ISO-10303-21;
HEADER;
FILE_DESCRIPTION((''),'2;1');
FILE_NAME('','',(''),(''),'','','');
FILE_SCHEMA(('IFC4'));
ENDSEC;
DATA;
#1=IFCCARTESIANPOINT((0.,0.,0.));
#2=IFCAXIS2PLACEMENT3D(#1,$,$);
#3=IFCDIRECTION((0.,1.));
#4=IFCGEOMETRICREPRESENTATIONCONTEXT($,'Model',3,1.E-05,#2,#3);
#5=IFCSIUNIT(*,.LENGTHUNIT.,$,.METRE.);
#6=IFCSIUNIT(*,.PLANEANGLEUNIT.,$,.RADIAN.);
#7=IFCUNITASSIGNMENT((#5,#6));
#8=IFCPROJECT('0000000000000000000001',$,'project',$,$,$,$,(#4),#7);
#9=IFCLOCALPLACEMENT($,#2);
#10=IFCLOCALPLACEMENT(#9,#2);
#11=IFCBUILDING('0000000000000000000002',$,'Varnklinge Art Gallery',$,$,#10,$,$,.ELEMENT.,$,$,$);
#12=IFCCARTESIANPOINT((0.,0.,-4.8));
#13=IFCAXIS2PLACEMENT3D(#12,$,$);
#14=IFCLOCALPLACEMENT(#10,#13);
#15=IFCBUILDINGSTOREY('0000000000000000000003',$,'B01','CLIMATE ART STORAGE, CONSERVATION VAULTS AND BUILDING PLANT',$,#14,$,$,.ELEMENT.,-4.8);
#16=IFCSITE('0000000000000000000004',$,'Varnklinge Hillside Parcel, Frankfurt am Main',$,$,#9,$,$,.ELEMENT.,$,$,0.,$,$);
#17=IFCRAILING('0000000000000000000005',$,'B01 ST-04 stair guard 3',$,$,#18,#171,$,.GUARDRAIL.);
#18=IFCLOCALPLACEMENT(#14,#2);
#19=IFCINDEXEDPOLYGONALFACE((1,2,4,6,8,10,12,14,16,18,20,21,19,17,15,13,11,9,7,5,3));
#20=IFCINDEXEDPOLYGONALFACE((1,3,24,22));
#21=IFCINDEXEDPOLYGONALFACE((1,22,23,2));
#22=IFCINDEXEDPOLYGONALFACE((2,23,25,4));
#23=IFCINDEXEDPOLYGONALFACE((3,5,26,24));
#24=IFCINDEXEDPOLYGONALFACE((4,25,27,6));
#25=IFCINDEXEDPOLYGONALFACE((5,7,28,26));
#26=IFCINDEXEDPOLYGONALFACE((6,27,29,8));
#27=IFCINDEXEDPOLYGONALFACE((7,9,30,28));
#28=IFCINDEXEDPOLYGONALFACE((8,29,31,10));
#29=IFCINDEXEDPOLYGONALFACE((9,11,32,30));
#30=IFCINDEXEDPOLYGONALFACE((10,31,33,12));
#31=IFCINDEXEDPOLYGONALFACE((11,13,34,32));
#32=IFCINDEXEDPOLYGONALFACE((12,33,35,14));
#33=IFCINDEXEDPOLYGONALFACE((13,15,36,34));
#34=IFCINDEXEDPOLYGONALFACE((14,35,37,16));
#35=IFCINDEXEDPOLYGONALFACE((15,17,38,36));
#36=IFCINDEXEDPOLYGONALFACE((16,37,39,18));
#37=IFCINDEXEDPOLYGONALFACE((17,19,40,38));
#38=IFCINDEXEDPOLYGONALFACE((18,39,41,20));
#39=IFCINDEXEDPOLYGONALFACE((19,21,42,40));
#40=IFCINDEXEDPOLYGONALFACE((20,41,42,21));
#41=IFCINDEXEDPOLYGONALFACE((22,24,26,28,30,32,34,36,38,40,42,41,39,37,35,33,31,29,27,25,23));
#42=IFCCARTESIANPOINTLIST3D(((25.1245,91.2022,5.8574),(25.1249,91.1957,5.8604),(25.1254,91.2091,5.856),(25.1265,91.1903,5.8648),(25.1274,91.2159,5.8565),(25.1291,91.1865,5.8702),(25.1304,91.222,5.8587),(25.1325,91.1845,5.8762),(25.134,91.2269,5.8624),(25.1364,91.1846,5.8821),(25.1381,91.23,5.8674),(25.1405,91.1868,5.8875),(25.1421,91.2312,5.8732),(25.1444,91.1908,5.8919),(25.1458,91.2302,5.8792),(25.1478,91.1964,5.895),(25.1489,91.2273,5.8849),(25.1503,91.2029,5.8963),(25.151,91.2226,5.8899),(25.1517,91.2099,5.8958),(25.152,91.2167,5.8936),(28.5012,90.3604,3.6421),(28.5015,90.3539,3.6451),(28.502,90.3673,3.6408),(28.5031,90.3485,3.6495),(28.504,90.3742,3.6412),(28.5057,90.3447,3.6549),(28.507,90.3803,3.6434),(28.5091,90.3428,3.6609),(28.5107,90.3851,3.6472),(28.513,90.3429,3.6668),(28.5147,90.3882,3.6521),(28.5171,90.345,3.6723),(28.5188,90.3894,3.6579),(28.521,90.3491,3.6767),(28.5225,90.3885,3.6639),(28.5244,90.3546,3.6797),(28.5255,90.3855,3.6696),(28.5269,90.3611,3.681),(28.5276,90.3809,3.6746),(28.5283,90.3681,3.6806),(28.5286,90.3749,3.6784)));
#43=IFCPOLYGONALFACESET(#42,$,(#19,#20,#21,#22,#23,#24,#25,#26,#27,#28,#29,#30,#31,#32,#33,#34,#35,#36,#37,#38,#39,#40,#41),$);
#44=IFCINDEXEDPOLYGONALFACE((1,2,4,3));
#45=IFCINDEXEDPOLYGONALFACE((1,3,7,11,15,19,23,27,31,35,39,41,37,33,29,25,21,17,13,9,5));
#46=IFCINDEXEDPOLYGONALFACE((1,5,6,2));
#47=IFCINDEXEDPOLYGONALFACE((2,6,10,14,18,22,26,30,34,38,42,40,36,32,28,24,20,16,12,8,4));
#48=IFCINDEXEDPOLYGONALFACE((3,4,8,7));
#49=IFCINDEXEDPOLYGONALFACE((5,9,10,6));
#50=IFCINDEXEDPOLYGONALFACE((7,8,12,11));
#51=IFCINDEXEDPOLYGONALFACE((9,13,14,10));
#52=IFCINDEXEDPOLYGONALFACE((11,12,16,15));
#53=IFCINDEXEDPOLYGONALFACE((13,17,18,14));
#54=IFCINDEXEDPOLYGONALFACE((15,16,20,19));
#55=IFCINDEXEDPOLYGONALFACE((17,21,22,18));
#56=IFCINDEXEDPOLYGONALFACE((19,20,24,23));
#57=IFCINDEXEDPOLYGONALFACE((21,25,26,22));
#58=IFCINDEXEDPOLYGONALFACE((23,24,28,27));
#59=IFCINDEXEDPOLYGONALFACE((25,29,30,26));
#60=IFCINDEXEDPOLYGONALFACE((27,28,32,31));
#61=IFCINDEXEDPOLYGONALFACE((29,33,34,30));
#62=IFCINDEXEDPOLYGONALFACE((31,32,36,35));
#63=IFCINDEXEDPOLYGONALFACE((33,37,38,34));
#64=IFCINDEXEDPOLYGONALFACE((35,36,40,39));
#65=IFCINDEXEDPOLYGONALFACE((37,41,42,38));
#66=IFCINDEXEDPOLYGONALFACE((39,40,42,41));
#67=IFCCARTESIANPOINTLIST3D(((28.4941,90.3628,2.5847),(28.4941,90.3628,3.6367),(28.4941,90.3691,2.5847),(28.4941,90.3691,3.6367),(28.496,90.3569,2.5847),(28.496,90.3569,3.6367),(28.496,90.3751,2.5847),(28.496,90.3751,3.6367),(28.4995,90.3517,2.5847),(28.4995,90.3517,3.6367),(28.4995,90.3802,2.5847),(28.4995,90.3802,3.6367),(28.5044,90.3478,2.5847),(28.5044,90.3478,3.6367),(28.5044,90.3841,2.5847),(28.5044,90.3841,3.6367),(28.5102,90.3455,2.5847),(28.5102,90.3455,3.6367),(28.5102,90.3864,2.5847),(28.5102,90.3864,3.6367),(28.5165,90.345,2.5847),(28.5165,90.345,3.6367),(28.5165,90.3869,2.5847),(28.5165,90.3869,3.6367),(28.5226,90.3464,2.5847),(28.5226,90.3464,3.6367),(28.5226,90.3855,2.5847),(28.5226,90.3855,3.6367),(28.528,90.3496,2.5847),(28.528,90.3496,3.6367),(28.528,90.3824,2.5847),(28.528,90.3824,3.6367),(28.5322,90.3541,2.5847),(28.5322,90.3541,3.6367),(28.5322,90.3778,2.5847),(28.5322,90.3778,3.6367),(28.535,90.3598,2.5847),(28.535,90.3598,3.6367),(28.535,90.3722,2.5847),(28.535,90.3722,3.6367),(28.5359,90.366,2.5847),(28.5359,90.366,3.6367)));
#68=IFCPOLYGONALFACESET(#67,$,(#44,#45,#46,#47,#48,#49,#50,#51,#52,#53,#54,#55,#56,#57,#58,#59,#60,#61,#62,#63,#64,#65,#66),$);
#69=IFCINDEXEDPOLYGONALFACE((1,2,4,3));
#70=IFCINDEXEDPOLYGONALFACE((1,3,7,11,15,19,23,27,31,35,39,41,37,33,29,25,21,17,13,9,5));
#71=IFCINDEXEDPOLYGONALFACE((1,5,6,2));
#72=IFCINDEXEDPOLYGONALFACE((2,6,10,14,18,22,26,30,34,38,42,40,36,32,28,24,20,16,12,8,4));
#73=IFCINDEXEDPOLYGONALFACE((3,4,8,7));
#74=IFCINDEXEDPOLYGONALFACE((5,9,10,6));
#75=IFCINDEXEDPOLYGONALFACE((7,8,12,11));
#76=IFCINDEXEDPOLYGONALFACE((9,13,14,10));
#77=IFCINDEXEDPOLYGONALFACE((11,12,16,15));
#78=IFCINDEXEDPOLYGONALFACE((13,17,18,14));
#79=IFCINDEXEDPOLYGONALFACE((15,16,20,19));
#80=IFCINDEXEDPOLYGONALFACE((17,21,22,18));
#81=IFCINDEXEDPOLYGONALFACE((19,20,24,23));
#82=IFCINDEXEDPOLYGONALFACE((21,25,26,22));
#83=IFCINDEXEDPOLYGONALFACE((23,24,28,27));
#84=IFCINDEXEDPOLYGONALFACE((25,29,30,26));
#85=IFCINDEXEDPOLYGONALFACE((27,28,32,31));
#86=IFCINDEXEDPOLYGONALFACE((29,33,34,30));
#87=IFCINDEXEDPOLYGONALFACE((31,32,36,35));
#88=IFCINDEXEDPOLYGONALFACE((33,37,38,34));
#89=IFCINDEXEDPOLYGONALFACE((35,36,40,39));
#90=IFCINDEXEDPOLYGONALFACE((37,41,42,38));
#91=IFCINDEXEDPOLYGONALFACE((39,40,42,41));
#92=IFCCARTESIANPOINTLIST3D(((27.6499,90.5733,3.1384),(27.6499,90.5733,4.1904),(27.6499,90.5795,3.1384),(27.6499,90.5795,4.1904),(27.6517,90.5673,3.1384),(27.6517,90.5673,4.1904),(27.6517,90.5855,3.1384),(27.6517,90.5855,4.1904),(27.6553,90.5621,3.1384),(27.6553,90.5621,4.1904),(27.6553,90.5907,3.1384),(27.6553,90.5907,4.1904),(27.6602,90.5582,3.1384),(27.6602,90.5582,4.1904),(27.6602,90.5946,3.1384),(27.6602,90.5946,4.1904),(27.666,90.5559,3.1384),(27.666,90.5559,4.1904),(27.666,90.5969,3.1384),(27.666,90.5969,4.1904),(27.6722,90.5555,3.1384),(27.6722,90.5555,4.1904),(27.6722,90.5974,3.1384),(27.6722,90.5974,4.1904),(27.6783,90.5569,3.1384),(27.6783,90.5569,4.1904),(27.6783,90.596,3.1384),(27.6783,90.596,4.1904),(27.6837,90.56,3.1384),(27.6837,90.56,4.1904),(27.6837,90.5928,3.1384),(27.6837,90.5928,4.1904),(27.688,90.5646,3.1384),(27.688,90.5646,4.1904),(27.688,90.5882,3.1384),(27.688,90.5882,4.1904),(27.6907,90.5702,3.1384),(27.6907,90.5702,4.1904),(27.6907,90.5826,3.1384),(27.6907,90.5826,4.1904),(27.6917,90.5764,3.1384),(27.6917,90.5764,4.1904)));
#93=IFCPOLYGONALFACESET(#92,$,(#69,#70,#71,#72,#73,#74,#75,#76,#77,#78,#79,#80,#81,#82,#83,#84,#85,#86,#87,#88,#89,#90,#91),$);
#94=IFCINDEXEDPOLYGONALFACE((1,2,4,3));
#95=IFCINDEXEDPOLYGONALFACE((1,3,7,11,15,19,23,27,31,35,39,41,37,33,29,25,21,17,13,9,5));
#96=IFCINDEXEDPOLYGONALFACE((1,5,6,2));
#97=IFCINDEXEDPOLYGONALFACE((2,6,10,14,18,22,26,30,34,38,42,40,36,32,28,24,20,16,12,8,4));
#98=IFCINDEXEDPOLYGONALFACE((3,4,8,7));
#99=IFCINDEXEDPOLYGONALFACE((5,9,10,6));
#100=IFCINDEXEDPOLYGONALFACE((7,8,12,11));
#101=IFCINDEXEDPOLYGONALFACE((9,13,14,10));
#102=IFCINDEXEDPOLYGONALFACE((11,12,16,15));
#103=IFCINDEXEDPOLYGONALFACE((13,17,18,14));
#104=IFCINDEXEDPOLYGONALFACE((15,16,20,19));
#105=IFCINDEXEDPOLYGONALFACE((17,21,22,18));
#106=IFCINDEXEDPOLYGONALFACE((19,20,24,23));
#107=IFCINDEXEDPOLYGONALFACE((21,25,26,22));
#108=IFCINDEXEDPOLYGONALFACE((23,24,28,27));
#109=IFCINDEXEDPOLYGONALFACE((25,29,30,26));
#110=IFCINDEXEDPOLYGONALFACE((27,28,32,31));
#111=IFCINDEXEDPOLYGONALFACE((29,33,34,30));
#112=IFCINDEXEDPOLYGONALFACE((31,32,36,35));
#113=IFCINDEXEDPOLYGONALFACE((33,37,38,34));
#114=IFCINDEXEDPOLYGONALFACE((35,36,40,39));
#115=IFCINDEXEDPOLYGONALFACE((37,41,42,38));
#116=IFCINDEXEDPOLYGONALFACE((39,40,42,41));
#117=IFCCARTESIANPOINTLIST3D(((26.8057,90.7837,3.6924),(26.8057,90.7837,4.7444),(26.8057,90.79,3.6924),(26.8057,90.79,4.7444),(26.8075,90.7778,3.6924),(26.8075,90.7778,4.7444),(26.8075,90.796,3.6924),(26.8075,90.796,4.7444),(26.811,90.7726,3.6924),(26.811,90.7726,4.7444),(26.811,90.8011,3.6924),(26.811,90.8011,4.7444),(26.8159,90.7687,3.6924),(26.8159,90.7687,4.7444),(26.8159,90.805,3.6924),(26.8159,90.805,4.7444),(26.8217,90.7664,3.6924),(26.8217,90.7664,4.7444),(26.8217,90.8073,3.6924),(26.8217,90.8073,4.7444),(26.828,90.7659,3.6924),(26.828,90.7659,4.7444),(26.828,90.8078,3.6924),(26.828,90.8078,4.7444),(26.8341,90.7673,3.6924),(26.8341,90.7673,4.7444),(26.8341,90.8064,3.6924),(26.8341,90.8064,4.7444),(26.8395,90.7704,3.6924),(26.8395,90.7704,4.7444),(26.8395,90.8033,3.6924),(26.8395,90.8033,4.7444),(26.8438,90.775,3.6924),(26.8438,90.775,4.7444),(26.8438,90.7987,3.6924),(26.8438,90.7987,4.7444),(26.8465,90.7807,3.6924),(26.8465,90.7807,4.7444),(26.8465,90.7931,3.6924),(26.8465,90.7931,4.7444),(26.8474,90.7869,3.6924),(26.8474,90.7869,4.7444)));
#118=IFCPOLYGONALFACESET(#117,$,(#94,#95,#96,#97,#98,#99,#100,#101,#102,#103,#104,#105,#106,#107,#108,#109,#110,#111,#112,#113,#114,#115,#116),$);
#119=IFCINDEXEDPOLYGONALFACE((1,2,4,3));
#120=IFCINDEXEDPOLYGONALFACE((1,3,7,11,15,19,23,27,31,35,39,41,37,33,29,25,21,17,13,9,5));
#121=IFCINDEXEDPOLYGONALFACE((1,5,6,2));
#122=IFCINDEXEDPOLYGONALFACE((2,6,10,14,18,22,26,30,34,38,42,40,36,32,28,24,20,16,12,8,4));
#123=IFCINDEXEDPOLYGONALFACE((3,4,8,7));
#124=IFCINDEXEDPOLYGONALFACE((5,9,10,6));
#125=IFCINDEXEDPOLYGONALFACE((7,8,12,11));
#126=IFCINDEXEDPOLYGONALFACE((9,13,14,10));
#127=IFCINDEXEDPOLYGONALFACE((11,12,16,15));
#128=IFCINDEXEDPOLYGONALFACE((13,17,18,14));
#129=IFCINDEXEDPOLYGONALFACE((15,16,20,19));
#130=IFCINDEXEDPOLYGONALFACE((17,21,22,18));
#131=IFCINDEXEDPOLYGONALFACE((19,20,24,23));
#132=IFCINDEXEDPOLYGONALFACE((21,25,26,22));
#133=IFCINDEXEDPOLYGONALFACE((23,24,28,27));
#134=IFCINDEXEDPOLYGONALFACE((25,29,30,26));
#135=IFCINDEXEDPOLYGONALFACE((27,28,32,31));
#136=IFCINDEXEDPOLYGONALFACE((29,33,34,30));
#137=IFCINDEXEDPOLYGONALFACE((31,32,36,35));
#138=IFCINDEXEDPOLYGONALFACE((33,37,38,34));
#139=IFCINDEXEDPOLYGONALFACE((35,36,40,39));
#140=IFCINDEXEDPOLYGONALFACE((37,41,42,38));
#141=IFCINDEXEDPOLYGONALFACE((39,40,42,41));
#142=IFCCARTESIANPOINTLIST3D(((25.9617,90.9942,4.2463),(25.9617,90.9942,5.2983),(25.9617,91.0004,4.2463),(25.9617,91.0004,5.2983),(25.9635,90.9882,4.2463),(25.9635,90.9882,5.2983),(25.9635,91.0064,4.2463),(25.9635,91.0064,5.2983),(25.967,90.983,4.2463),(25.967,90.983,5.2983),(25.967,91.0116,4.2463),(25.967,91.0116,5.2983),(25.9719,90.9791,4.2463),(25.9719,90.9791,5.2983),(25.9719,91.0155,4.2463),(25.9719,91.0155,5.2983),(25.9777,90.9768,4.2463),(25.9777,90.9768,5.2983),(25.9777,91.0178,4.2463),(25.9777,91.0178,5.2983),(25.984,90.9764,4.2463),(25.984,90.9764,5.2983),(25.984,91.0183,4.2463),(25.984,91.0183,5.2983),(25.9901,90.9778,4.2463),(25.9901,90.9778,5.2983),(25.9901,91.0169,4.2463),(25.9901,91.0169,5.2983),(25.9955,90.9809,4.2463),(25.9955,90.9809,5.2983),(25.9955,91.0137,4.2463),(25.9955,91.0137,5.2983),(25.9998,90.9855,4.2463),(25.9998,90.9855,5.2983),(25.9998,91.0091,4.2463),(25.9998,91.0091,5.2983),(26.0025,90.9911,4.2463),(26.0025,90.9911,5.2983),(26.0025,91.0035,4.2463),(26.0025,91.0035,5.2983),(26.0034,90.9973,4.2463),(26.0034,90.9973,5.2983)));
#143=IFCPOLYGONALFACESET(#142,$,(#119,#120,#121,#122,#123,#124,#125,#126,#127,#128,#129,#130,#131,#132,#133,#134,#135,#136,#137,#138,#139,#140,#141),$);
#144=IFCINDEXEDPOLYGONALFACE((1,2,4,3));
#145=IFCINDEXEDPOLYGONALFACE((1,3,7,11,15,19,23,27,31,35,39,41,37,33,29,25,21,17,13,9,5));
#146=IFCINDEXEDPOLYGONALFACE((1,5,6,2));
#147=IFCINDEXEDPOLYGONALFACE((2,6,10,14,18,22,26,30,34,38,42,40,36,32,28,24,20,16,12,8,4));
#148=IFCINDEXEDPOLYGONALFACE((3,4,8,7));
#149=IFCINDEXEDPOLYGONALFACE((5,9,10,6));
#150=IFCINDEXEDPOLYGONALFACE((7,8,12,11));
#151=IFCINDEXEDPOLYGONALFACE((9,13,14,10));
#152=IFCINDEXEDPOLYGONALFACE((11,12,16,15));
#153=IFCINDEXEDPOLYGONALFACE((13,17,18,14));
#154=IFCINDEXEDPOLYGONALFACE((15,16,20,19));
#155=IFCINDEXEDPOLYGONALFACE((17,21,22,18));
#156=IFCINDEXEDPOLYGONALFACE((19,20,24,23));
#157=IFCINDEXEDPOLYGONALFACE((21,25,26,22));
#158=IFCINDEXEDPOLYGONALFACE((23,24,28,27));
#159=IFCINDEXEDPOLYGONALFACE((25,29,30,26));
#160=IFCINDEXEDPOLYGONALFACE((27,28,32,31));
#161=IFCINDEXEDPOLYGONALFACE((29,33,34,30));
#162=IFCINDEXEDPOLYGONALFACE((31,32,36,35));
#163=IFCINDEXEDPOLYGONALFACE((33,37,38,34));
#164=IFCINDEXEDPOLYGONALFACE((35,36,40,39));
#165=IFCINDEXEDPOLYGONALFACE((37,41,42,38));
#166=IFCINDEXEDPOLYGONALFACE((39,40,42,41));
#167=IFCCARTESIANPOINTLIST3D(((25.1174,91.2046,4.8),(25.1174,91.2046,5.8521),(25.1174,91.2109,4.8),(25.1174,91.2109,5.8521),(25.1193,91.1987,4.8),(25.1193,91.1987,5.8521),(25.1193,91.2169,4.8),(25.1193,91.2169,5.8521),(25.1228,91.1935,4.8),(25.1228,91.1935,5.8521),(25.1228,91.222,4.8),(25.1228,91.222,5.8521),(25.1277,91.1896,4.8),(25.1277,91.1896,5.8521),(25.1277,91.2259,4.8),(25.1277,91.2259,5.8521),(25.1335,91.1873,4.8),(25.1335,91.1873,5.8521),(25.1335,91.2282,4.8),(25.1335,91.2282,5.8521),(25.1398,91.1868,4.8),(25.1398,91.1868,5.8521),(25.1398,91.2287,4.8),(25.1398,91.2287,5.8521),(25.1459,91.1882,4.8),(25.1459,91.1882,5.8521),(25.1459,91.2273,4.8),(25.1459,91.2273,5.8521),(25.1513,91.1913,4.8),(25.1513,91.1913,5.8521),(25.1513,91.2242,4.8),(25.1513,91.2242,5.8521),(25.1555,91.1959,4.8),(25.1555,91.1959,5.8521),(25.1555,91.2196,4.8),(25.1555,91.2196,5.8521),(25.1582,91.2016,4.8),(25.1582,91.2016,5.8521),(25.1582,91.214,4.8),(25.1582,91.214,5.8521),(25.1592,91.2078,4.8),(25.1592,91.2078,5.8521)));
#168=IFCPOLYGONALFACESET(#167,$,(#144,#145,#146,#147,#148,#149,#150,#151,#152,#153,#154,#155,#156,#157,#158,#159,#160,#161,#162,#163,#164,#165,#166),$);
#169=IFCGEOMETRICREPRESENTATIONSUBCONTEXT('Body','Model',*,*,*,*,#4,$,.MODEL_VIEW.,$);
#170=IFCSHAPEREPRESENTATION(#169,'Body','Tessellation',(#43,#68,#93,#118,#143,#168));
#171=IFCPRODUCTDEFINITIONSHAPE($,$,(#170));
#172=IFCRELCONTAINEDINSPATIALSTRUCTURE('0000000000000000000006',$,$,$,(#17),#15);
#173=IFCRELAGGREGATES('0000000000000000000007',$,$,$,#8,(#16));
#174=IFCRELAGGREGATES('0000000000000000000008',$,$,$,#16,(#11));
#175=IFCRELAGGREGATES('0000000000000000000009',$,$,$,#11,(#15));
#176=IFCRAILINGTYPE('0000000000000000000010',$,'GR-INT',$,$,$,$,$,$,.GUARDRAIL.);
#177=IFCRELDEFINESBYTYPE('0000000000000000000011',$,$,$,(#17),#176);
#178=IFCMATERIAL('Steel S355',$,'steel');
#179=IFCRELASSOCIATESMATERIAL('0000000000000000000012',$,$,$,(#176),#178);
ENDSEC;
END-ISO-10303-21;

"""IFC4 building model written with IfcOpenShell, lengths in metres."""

from ifc_helpers import new_model, si_unit, direction, frame, origin, origin_2d, place, context, subcontext, project, spatial, circle, extrude, material, type_object, element, save


model = new_model("IFC4")

# Units and contexts
model_context = context("Model", 3, precision=1e-05, world=origin(), true_north=direction((0.0, 1.0)))
body_context = subcontext(model_context, "Body", "Model", "MODEL_VIEW")
ifc_project = project(units=[si_unit("LENGTHUNIT", "METRE"), si_unit("PLANEANGLEUNIT", "RADIAN")], contexts=[model_context])

# Site, building, storey
site_placement = place(None, origin())
site = spatial("IfcSite", under=ifc_project, at=site_placement, Name="Varnklinge Hillside Parcel, Frankfurt am Main", CompositionType="ELEMENT", RefElevation=0.0)
building_placement = place(site_placement, origin())
building = spatial("IfcBuilding", under=site, at=building_placement, Name="Varnklinge Art Gallery", CompositionType="ELEMENT")
storey_placement = place(building_placement, frame((0.0, 0.0, -4.8)))
storey = spatial("IfcBuildingStorey", under=building, at=storey_placement, Name="B01", Description="CLIMATE ART STORAGE, CONSERVATION VAULTS AND BUILDING PLANT", CompositionType="ELEMENT", Elevation=-4.8)

# Railing
ifc_material_1 = material(Name="Steel S355", Category="steel")
railing_type_1 = type_object("IfcRailingType", Name="GR-INT", PredefinedType="GUARDRAIL", material=ifc_material_1)
railing_1_placement = place(storey_placement, frame((28.5149, 90.366, 2.5847)))
element("IfcRailing", 1, at=railing_1_placement, inside=storey, type_object=railing_type_1, Name="B01 ST-04 stair guard 3", PredefinedType="GUARDRAIL", context=body_context, shape_type="SweptSolid", body=[
    extrude(circle(Radius=0.0239, at=origin_2d()), frame((0.0, 0.0, 1.0762), z_axis=(-0.818527, 0.204055, 0.537005), x_axis=(-0.241892, -0.970303, 0.0)), (0.0, 0.0, 1.0), 4.1252),
    extrude(circle(Radius=0.021, at=origin_2d()), origin(), (0.0, 0.0, 1.0), 1.052),
    extrude(circle(Radius=0.021, at=origin_2d()), frame((-0.8442, 0.2104, 0.5537)), (0.0, 0.0, 1.0), 1.052),
    extrude(circle(Radius=0.021, at=origin_2d()), frame((-1.6885, 0.4209, 1.1077)), (0.0, 0.0, 1.0), 1.052),
    extrude(circle(Radius=0.021, at=origin_2d()), frame((-2.5325, 0.6313, 1.6616)), (0.0, 0.0, 1.0), 1.052),
    extrude(circle(Radius=0.021, at=origin_2d()), frame((-3.3767, 0.8418, 2.2153)), (0.0, 0.0, 1.0), 1.052),
])

save(model, "model.ifc")
